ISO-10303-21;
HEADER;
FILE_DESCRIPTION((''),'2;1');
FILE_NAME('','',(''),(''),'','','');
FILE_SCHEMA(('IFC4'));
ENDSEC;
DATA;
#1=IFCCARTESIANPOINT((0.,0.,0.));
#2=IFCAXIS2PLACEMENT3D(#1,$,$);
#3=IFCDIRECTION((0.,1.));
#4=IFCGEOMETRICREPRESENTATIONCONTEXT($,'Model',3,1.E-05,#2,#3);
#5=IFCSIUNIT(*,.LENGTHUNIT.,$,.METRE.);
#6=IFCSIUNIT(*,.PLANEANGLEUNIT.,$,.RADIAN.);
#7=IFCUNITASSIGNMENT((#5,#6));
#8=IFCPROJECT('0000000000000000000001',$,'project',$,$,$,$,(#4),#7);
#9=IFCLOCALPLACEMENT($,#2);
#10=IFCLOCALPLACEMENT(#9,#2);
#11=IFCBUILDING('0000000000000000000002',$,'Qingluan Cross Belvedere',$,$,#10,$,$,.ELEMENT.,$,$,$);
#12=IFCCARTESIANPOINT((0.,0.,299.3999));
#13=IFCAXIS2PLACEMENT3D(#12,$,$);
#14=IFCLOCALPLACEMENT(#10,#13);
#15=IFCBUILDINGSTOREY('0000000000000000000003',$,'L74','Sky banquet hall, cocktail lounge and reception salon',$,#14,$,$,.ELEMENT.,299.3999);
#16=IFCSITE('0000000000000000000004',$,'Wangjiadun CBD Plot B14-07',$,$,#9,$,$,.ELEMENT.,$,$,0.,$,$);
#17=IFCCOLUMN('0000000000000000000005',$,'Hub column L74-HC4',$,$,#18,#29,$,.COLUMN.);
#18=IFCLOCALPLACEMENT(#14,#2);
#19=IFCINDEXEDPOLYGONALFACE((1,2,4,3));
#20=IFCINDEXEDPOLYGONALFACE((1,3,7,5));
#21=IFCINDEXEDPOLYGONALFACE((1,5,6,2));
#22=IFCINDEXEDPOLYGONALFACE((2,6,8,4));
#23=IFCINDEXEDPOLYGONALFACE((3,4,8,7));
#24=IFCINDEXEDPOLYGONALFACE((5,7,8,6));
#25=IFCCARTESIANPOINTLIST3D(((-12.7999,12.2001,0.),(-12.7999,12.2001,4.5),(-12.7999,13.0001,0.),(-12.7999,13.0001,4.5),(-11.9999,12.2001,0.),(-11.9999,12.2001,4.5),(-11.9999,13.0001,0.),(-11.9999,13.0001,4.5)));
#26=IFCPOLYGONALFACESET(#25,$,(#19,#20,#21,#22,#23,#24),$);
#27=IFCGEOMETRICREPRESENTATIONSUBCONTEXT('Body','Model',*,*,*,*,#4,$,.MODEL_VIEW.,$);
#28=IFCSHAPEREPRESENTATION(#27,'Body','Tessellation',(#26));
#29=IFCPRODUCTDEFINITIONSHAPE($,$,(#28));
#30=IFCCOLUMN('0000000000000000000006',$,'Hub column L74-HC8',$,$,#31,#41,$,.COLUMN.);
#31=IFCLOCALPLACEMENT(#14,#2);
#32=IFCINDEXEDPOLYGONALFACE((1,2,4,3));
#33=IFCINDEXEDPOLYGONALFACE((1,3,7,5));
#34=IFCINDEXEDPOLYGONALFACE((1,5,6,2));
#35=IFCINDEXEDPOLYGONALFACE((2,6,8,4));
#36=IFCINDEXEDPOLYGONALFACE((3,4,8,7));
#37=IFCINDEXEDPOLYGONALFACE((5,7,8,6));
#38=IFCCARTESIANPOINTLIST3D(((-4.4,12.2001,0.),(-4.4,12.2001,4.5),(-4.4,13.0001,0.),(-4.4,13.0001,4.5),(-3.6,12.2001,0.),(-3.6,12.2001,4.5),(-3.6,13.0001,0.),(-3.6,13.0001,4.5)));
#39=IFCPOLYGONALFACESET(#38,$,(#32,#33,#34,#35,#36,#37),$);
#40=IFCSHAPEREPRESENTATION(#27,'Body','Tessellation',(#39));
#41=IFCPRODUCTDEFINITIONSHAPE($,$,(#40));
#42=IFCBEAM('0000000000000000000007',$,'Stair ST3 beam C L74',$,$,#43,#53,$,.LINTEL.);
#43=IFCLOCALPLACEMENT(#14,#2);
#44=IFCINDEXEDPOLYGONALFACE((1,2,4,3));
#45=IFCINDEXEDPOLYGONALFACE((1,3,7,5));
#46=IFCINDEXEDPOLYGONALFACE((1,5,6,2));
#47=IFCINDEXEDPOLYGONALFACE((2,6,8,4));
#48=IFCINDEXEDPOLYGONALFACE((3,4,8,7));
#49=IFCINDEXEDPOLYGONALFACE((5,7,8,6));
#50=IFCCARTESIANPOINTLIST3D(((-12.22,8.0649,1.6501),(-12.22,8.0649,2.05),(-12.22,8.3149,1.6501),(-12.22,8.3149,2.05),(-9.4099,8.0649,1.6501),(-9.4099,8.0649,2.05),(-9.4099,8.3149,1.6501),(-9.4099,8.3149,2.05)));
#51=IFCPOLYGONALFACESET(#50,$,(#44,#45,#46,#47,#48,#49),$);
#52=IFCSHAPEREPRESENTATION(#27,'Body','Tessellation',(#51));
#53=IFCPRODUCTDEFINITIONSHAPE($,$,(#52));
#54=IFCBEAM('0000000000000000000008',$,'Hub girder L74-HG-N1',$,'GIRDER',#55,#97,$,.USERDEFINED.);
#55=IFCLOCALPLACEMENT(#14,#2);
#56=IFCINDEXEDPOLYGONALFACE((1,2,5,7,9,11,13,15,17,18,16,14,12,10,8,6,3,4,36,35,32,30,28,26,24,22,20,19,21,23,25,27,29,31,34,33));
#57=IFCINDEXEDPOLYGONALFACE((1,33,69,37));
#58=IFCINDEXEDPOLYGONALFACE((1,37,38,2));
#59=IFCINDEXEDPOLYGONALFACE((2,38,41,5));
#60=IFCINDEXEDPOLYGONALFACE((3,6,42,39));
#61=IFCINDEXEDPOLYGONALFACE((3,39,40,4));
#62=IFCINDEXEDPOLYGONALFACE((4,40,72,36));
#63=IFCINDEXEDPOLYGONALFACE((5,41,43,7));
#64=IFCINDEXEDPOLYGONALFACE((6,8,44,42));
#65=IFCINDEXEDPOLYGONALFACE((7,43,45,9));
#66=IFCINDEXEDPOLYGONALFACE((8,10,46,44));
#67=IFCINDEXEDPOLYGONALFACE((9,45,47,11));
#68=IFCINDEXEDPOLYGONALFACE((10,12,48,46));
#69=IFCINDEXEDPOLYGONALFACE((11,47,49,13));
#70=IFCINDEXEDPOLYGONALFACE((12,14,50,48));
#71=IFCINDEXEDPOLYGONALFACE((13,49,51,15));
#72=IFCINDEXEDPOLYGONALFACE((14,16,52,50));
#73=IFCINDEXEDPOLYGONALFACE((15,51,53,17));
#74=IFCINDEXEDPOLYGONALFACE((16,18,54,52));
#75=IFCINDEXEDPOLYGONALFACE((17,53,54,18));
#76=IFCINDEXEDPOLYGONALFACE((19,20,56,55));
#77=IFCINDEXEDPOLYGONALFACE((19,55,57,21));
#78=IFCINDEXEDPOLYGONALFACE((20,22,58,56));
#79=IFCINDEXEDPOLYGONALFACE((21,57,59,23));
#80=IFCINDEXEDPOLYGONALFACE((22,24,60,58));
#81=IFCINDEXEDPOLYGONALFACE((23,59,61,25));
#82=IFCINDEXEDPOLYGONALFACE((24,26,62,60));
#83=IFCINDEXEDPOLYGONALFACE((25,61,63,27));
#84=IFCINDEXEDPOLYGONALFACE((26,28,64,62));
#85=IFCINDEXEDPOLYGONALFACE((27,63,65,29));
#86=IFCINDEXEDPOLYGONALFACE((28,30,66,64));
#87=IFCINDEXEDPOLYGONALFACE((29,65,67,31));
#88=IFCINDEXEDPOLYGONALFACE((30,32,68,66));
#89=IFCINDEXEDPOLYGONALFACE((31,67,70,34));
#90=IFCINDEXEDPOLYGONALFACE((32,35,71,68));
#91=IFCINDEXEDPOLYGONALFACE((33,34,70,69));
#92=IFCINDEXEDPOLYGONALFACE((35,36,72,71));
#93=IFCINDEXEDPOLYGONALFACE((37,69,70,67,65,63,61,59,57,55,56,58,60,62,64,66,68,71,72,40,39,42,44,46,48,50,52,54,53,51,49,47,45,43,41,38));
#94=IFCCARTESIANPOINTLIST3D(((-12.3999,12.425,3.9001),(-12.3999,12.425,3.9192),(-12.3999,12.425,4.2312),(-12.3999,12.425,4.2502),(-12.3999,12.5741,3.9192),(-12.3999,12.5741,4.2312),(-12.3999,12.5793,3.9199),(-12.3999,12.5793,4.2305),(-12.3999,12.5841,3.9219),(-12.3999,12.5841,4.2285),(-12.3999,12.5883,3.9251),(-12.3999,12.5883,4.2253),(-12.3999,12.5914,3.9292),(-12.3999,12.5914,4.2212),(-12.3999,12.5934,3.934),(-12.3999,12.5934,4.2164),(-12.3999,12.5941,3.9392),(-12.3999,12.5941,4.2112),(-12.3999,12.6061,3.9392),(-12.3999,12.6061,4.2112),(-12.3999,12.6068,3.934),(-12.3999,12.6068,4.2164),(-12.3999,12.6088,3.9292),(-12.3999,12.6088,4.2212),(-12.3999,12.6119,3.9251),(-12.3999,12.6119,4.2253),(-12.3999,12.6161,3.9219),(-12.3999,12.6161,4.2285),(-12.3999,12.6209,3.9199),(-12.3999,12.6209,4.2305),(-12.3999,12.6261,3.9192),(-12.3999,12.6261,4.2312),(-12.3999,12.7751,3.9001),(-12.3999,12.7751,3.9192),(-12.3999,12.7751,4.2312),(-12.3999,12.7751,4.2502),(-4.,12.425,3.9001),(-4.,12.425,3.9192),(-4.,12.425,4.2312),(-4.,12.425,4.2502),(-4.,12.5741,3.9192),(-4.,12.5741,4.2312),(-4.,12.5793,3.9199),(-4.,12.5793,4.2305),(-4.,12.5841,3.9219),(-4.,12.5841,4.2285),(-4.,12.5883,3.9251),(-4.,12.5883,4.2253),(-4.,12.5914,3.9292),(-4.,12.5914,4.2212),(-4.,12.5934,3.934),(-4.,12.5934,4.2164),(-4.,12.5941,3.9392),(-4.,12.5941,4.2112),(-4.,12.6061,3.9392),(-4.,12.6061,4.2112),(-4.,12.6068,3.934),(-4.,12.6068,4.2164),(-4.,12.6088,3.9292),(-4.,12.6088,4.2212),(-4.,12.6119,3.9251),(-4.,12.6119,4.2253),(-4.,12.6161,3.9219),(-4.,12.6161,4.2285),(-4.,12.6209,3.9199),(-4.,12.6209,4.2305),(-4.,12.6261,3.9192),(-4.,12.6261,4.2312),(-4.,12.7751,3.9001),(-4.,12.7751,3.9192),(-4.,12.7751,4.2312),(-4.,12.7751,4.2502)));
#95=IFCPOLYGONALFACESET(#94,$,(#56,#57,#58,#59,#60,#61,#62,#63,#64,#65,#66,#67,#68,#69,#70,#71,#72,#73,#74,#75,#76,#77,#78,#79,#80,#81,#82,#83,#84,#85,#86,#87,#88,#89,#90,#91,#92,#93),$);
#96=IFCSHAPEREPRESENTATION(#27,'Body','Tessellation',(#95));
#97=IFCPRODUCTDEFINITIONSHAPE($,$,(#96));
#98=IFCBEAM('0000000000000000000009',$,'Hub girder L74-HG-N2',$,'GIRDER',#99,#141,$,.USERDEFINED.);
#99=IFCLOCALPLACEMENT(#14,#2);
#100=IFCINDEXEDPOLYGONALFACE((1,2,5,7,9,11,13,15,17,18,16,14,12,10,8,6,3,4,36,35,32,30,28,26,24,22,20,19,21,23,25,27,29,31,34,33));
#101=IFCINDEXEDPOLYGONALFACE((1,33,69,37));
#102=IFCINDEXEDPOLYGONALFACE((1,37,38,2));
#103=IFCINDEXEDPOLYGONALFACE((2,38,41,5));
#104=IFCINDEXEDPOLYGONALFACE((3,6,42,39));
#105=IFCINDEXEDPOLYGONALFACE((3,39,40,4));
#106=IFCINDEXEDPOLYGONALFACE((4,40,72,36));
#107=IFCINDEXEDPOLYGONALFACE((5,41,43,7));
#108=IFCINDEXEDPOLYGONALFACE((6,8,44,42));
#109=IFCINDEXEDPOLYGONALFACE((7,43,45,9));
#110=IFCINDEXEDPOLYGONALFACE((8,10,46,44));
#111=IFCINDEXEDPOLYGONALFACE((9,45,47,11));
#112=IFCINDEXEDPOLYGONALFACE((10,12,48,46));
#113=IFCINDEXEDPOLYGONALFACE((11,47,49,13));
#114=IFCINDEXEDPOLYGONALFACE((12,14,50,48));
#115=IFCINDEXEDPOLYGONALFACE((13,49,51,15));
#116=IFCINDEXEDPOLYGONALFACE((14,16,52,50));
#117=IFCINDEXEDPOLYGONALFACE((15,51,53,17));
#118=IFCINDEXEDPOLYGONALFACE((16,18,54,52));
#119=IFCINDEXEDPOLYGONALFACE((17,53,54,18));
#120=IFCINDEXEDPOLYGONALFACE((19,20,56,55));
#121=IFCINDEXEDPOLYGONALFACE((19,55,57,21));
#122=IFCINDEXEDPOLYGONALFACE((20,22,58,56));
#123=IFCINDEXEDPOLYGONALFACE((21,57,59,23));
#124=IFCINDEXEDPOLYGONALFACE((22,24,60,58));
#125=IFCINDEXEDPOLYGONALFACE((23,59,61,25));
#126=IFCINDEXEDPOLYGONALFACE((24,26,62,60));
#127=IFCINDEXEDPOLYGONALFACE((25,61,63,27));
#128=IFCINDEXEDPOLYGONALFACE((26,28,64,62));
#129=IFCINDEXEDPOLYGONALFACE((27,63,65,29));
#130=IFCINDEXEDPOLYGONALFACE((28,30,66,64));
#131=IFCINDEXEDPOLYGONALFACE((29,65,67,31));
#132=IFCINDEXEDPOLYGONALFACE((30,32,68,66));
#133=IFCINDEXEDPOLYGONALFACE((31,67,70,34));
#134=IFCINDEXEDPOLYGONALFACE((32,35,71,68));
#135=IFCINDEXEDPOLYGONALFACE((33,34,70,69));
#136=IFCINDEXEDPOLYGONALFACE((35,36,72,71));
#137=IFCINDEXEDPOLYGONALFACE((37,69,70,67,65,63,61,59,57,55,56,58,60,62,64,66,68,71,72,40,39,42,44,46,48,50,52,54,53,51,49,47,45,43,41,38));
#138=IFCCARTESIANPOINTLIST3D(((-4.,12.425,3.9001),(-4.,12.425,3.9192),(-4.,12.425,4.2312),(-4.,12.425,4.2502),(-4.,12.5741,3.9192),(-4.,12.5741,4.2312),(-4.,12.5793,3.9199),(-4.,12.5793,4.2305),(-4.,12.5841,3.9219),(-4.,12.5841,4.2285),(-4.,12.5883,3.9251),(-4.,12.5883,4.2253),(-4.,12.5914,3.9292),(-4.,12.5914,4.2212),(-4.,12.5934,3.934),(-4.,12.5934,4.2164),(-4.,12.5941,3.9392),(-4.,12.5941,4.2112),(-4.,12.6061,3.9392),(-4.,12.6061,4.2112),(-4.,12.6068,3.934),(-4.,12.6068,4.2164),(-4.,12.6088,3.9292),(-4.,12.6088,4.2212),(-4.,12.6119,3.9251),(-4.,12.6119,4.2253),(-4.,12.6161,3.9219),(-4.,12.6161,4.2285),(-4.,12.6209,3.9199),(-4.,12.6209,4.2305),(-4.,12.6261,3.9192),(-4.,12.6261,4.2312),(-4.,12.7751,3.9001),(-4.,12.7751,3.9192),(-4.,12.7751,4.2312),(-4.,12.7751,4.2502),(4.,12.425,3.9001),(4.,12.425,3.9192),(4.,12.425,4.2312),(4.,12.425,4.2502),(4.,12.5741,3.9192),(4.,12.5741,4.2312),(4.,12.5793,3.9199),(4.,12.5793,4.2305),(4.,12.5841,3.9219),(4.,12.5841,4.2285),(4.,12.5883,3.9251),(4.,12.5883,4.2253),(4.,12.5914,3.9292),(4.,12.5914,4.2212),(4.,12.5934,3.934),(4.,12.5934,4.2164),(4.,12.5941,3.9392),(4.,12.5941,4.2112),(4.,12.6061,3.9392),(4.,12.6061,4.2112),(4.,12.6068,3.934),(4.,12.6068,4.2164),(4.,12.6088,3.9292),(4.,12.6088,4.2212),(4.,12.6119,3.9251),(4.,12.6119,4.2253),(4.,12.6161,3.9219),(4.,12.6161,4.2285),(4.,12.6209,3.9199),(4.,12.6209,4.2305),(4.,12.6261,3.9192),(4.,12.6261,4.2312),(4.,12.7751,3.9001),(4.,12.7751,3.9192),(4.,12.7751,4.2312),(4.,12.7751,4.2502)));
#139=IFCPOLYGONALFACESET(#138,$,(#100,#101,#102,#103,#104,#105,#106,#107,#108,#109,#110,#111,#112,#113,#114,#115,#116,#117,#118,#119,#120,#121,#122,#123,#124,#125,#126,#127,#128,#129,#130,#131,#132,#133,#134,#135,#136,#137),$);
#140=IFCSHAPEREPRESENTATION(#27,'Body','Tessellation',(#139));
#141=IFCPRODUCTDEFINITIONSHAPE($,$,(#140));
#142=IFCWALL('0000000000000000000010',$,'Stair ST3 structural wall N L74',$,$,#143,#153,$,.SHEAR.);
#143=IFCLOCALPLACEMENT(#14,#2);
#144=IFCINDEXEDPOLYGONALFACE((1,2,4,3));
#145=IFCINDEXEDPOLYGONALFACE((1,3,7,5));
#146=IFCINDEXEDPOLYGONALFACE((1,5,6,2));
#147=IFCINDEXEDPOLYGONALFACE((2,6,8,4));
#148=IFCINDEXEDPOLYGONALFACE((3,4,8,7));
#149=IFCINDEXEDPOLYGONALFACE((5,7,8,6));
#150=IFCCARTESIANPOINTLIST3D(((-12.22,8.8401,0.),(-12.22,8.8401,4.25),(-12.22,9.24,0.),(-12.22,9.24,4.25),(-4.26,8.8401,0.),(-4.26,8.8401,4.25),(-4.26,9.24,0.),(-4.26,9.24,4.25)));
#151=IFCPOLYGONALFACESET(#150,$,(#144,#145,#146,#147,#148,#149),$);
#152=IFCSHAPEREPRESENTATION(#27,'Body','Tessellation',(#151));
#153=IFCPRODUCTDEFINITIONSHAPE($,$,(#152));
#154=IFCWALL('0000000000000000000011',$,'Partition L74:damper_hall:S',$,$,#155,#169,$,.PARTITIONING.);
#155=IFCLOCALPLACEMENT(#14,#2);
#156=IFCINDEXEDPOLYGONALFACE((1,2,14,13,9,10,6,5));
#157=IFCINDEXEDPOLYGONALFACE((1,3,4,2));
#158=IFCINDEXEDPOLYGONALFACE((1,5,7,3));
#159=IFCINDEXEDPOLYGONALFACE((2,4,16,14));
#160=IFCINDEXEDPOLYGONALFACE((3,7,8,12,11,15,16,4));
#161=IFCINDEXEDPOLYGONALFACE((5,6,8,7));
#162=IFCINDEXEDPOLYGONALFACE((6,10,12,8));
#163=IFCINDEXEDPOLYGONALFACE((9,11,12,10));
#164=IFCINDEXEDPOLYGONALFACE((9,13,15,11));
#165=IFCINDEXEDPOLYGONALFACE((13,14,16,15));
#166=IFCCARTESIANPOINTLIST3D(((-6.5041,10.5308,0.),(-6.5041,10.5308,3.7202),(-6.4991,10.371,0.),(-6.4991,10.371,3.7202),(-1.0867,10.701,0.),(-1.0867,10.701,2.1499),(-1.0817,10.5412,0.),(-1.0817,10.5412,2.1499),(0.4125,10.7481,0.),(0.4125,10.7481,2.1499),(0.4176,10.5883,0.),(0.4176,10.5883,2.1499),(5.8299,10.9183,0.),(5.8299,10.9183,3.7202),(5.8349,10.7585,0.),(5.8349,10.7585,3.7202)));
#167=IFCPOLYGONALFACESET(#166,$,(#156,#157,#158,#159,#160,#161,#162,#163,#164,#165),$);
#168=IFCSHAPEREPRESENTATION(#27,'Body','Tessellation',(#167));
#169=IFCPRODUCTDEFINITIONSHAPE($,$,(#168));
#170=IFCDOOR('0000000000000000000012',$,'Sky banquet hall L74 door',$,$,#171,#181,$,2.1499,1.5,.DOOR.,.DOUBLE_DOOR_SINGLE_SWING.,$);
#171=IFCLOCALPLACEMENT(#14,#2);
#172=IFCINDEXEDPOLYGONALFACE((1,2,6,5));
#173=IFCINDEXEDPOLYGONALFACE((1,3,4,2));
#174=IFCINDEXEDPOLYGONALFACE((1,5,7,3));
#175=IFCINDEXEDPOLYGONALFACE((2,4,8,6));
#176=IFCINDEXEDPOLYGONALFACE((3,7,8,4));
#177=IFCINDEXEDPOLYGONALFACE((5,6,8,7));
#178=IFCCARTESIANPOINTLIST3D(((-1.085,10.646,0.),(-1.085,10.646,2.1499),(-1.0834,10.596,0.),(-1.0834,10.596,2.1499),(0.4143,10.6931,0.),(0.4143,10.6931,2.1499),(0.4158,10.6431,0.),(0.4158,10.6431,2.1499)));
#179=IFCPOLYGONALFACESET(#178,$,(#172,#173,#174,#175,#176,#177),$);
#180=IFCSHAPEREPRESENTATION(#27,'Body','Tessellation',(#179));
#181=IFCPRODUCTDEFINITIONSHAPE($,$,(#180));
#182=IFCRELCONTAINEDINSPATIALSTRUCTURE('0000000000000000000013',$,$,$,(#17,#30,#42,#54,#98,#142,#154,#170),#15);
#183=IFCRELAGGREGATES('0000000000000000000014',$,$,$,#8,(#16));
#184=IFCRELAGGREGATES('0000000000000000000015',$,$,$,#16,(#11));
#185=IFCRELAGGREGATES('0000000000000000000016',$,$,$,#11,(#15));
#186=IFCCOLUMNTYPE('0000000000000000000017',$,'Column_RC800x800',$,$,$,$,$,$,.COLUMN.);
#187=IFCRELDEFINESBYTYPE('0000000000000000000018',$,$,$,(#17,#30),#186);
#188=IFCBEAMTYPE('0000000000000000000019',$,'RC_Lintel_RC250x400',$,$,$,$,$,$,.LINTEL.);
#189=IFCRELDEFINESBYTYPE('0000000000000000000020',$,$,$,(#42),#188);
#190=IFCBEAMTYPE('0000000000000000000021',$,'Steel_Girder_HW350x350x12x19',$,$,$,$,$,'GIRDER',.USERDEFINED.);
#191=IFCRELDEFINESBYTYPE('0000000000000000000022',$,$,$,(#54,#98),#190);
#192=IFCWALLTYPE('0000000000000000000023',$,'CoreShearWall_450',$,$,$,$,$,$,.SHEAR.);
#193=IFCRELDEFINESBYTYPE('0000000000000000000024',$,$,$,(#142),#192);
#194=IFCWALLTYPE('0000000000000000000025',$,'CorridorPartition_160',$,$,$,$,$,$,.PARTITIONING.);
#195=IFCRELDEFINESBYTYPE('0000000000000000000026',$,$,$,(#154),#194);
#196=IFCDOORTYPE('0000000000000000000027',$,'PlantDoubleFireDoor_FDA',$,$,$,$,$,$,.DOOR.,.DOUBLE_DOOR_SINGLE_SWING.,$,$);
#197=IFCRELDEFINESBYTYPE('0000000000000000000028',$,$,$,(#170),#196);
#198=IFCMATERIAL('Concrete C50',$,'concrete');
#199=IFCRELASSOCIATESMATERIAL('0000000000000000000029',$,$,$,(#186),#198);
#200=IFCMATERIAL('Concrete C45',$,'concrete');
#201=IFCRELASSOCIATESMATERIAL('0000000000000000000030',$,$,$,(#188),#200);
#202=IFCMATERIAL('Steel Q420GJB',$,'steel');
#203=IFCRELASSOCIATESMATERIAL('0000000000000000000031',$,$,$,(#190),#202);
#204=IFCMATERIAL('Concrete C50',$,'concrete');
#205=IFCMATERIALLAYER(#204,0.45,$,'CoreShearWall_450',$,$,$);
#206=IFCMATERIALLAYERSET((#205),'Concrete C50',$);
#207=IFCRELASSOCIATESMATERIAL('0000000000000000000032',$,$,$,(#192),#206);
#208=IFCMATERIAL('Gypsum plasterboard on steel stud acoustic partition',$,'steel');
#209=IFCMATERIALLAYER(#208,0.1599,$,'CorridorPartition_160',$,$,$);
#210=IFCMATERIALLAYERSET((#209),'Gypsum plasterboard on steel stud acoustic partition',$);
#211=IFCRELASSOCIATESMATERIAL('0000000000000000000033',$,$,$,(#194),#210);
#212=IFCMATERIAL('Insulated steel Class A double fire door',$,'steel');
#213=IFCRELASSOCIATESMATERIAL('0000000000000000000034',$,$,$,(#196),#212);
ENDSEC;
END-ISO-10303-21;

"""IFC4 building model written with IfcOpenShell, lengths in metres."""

from ifc_helpers import new_model, si_unit, direction, frame, frame_2d, origin, origin_2d, place, context, subcontext, project, spatial, rectangle, i_section, extrude, material, layer, layer_set, material_profile, profile_set, type_object, element, fill, save


model = new_model("IFC4")

# Units and contexts
model_context = context("Model", 3, precision=1e-05, world=origin(), true_north=direction((0.0, 1.0)))
body_context = subcontext(model_context, "Body", "Model", "MODEL_VIEW")
ifc_project = project(units=[si_unit("LENGTHUNIT", "METRE"), si_unit("PLANEANGLEUNIT", "RADIAN")], contexts=[model_context])

# Site, building, storey
site_placement = place(None, origin())
site = spatial("IfcSite", under=ifc_project, at=site_placement, Name="Wangjiadun CBD Plot B14-07", CompositionType="ELEMENT", RefElevation=0.0)
building_placement = place(site_placement, origin())
building = spatial("IfcBuilding", under=site, at=building_placement, Name="Qingluan Cross Belvedere", CompositionType="ELEMENT")
storey_placement = place(building_placement, frame((0.0, 0.0, 299.3999)))
storey = spatial("IfcBuildingStorey", under=building, at=storey_placement, Name="L74", Description="Sky banquet hall, cocktail lounge and reception salon", CompositionType="ELEMENT", Elevation=299.3999)

# Columns
ifc_material_1 = material(Name="Concrete C50", Category="concrete")
ifc_material_profile_1 = material_profile(ifc_material_1, rectangle(XDim=0.8, YDim=0.8, at=origin_2d()), Name="RC800x800")
ifc_profile_set_1 = profile_set([ifc_material_profile_1], Name="Concrete C50")
column_type = type_object("IfcColumnType", Name="Column_RC800x800", PredefinedType="COLUMN", material=ifc_profile_set_1)
for number, where, z_axis, x_axis, name in (
    (1, (-12.3999, 12.6001, 0.0), (0.0, 0.0, 1.0), (1.0, 0.0, 0.0), "Hub column L74-HC4"),
    (2, (-4.0, 12.6001, 0.0), (0.0, 0.0, 1.0), (1.0, 0.0, 0.0), "Hub column L74-HC8"),
):
    element("IfcColumn", number, at=place(storey_placement, frame(where, z_axis=z_axis, x_axis=x_axis)), inside=storey, type_object=column_type, Name=name, PredefinedType="COLUMN", context=body_context, shape_type="SweptSolid", body=[
        extrude(rectangle(XDim=0.8, YDim=0.8, at=origin_2d()), origin(), (0.0, 0.0, 1.0), 4.5),
    ])

# Beams
ifc_material_2 = material(Name="Concrete C45", Category="concrete")
ifc_material_profile_2 = material_profile(ifc_material_2, rectangle(XDim=0.25, YDim=0.3999, at=origin_2d()), Name="RC250x400")
ifc_profile_set_2 = profile_set([ifc_material_profile_2], Name="Concrete C45")
beam_type_1 = type_object("IfcBeamType", Name="RC_Lintel_RC250x400", PredefinedType="LINTEL", material=ifc_profile_set_2)
beam_1_placement = place(storey_placement, frame((-12.22, 8.1899, 1.8501), z_axis=(1.0, 0.0, 0.0), x_axis=(0.0, 1.0, 0.0)))
element("IfcBeam", 3, at=beam_1_placement, inside=storey, type_object=beam_type_1, Name="Stair ST3 beam C L74", PredefinedType="LINTEL", context=body_context, shape_type="SweptSolid", body=[
    extrude(rectangle(XDim=0.25, YDim=0.3999, at=origin_2d()), origin(), (0.0, 0.0, 1.0), 2.8101),
])
ifc_material_3 = material(Name="Steel Q420GJB", Category="steel")
ifc_material_profile_3 = material_profile(ifc_material_3, i_section(OverallWidth=0.3501, OverallDepth=0.3501, WebThickness=0.012, FlangeThickness=0.019, FilletRadius=0.02, at=origin_2d()), Name="HW350x350x12x19")
ifc_profile_set_3 = profile_set([ifc_material_profile_3], Name="Steel Q420GJB")
beam_type_2 = type_object("IfcBeamType", Name="Steel_Girder_HW350x350x12x19", ElementType="GIRDER", PredefinedType="USERDEFINED", material=ifc_profile_set_3)
beam_2_placement = place(storey_placement, frame((-12.3999, 12.6001, 4.0752), z_axis=(1.0, 0.0, 0.0), x_axis=(0.0, 1.0, 0.0)))
element("IfcBeam", 4, at=beam_2_placement, inside=storey, type_object=beam_type_2, Name="Hub girder L74-HG-N1", ObjectType="GIRDER", PredefinedType="USERDEFINED", context=body_context, shape_type="SweptSolid", body=[
    extrude(i_section(OverallWidth=0.3501, OverallDepth=0.3501, WebThickness=0.012, FlangeThickness=0.019, FilletRadius=0.02, at=origin_2d()), origin(), (0.0, 0.0, 1.0), 8.3999),
])
beam_3_placement = place(storey_placement, frame((-4.0, 12.6001, 4.0752), z_axis=(1.0, 0.0, 0.0), x_axis=(0.0, 1.0, 0.0)))
element("IfcBeam", 5, at=beam_3_placement, inside=storey, type_object=beam_type_2, Name="Hub girder L74-HG-N2", ObjectType="GIRDER", PredefinedType="USERDEFINED", context=body_context, shape_type="SweptSolid", body=[
    extrude(i_section(OverallWidth=0.3501, OverallDepth=0.3501, WebThickness=0.012, FlangeThickness=0.019, FilletRadius=0.02, at=origin_2d()), origin(), (0.0, 0.0, 1.0), 8.0),
])

# Wall
ifc_material_4 = material(Name="Concrete C50", Category="concrete")
ifc_layer_1 = layer(ifc_material_4, 0.45, Name="CoreShearWall_450")
ifc_layer_set_1 = layer_set([ifc_layer_1], Name="Concrete C50")
wall_type_1 = type_object("IfcWallType", Name="CoreShearWall_450", PredefinedType="SHEAR", material=ifc_layer_set_1)
wall_1_placement = place(storey_placement, frame((-12.22, 9.04, 0.0), z_axis=(0.0, 0.0, 1.0), x_axis=(1.0, 0.0, 0.0)))
element("IfcWall", 6, at=wall_1_placement, inside=storey, type_object=wall_type_1, Name="Stair ST3 structural wall N L74", PredefinedType="SHEAR", context=body_context, shape_type="SweptSolid", body=[
    extrude(rectangle(XDim=7.96, YDim=0.3999, at=frame_2d((3.98, 0.0))), origin(), (0.0, 0.0, 1.0), 4.25),
])

# Wall, opening, door
ifc_material_5 = material(Name="Gypsum plasterboard on steel stud acoustic partition", Category="steel")
ifc_layer_2 = layer(ifc_material_5, 0.1599, Name="CorridorPartition_160")
ifc_layer_set_2 = layer_set([ifc_layer_2], Name="Gypsum plasterboard on steel stud acoustic partition")
wall_type_2 = type_object("IfcWallType", Name="CorridorPartition_160", PredefinedType="PARTITIONING", material=ifc_layer_set_2)
wall_2_placement = place(storey_placement, frame((-6.5015, 10.4509, 0.0), z_axis=(0.0, 0.0, 1.0), x_axis=(0.999507, 0.031398, 0.0)))
wall_2 = element("IfcWall", 7, at=wall_2_placement, inside=storey, type_object=wall_type_2, Name="Partition L74:damper_hall:S", PredefinedType="PARTITIONING", context=body_context, shape_type="SweptSolid", body=[
    extrude(rectangle(XDim=12.3401, YDim=0.1599, at=frame_2d((6.1699, 0.0))), origin(), (0.0, 0.0, 1.0), 3.7202),
])
opening_1_placement = place(wall_2_placement, frame((5.4199, 0.0, 0.0)))
opening_1 = element("IfcOpeningElement", 8, at=opening_1_placement, cuts=wall_2, PredefinedType="OPENING", context=body_context, shape_type="SweptSolid", body=[
    extrude(rectangle(XDim=1.5, YDim=2.1499, at=frame_2d((0.75, 1.075))), frame((0.0, 0.0898, 0.0), z_axis=(0.0, -1.0, 0.0), x_axis=(1.0, 0.0, 0.0)), (0.0, 0.0, 1.0), 0.1799),
])
ifc_material_6 = material(Name="Insulated steel Class A double fire door", Category="steel")
door_type_1 = type_object("IfcDoorType", Name="PlantDoubleFireDoor_FDA", OperationType="DOUBLE_DOOR_SINGLE_SWING", PredefinedType="DOOR", material=ifc_material_6)
door_1_placement = place(opening_1_placement, origin())
door_1 = element("IfcDoor", 9, at=door_1_placement, inside=storey, type_object=door_type_1, Name="Sky banquet hall L74 door", OperationType="DOUBLE_DOOR_SINGLE_SWING", OverallHeight=2.1499, OverallWidth=1.5, PredefinedType="DOOR", context=body_context, shape_type="SweptSolid", body=[
    extrude(rectangle(XDim=1.5, YDim=2.1499, at=frame_2d((0.75, 1.075))), frame((0.0, 0.0249, 0.0), z_axis=(0.0, -1.0, 0.0), x_axis=(1.0, 0.0, 0.0)), (0.0, 0.0, 1.0), 0.05),
])
fill(opening_1, door_1)

save(model, "model.ifc")
